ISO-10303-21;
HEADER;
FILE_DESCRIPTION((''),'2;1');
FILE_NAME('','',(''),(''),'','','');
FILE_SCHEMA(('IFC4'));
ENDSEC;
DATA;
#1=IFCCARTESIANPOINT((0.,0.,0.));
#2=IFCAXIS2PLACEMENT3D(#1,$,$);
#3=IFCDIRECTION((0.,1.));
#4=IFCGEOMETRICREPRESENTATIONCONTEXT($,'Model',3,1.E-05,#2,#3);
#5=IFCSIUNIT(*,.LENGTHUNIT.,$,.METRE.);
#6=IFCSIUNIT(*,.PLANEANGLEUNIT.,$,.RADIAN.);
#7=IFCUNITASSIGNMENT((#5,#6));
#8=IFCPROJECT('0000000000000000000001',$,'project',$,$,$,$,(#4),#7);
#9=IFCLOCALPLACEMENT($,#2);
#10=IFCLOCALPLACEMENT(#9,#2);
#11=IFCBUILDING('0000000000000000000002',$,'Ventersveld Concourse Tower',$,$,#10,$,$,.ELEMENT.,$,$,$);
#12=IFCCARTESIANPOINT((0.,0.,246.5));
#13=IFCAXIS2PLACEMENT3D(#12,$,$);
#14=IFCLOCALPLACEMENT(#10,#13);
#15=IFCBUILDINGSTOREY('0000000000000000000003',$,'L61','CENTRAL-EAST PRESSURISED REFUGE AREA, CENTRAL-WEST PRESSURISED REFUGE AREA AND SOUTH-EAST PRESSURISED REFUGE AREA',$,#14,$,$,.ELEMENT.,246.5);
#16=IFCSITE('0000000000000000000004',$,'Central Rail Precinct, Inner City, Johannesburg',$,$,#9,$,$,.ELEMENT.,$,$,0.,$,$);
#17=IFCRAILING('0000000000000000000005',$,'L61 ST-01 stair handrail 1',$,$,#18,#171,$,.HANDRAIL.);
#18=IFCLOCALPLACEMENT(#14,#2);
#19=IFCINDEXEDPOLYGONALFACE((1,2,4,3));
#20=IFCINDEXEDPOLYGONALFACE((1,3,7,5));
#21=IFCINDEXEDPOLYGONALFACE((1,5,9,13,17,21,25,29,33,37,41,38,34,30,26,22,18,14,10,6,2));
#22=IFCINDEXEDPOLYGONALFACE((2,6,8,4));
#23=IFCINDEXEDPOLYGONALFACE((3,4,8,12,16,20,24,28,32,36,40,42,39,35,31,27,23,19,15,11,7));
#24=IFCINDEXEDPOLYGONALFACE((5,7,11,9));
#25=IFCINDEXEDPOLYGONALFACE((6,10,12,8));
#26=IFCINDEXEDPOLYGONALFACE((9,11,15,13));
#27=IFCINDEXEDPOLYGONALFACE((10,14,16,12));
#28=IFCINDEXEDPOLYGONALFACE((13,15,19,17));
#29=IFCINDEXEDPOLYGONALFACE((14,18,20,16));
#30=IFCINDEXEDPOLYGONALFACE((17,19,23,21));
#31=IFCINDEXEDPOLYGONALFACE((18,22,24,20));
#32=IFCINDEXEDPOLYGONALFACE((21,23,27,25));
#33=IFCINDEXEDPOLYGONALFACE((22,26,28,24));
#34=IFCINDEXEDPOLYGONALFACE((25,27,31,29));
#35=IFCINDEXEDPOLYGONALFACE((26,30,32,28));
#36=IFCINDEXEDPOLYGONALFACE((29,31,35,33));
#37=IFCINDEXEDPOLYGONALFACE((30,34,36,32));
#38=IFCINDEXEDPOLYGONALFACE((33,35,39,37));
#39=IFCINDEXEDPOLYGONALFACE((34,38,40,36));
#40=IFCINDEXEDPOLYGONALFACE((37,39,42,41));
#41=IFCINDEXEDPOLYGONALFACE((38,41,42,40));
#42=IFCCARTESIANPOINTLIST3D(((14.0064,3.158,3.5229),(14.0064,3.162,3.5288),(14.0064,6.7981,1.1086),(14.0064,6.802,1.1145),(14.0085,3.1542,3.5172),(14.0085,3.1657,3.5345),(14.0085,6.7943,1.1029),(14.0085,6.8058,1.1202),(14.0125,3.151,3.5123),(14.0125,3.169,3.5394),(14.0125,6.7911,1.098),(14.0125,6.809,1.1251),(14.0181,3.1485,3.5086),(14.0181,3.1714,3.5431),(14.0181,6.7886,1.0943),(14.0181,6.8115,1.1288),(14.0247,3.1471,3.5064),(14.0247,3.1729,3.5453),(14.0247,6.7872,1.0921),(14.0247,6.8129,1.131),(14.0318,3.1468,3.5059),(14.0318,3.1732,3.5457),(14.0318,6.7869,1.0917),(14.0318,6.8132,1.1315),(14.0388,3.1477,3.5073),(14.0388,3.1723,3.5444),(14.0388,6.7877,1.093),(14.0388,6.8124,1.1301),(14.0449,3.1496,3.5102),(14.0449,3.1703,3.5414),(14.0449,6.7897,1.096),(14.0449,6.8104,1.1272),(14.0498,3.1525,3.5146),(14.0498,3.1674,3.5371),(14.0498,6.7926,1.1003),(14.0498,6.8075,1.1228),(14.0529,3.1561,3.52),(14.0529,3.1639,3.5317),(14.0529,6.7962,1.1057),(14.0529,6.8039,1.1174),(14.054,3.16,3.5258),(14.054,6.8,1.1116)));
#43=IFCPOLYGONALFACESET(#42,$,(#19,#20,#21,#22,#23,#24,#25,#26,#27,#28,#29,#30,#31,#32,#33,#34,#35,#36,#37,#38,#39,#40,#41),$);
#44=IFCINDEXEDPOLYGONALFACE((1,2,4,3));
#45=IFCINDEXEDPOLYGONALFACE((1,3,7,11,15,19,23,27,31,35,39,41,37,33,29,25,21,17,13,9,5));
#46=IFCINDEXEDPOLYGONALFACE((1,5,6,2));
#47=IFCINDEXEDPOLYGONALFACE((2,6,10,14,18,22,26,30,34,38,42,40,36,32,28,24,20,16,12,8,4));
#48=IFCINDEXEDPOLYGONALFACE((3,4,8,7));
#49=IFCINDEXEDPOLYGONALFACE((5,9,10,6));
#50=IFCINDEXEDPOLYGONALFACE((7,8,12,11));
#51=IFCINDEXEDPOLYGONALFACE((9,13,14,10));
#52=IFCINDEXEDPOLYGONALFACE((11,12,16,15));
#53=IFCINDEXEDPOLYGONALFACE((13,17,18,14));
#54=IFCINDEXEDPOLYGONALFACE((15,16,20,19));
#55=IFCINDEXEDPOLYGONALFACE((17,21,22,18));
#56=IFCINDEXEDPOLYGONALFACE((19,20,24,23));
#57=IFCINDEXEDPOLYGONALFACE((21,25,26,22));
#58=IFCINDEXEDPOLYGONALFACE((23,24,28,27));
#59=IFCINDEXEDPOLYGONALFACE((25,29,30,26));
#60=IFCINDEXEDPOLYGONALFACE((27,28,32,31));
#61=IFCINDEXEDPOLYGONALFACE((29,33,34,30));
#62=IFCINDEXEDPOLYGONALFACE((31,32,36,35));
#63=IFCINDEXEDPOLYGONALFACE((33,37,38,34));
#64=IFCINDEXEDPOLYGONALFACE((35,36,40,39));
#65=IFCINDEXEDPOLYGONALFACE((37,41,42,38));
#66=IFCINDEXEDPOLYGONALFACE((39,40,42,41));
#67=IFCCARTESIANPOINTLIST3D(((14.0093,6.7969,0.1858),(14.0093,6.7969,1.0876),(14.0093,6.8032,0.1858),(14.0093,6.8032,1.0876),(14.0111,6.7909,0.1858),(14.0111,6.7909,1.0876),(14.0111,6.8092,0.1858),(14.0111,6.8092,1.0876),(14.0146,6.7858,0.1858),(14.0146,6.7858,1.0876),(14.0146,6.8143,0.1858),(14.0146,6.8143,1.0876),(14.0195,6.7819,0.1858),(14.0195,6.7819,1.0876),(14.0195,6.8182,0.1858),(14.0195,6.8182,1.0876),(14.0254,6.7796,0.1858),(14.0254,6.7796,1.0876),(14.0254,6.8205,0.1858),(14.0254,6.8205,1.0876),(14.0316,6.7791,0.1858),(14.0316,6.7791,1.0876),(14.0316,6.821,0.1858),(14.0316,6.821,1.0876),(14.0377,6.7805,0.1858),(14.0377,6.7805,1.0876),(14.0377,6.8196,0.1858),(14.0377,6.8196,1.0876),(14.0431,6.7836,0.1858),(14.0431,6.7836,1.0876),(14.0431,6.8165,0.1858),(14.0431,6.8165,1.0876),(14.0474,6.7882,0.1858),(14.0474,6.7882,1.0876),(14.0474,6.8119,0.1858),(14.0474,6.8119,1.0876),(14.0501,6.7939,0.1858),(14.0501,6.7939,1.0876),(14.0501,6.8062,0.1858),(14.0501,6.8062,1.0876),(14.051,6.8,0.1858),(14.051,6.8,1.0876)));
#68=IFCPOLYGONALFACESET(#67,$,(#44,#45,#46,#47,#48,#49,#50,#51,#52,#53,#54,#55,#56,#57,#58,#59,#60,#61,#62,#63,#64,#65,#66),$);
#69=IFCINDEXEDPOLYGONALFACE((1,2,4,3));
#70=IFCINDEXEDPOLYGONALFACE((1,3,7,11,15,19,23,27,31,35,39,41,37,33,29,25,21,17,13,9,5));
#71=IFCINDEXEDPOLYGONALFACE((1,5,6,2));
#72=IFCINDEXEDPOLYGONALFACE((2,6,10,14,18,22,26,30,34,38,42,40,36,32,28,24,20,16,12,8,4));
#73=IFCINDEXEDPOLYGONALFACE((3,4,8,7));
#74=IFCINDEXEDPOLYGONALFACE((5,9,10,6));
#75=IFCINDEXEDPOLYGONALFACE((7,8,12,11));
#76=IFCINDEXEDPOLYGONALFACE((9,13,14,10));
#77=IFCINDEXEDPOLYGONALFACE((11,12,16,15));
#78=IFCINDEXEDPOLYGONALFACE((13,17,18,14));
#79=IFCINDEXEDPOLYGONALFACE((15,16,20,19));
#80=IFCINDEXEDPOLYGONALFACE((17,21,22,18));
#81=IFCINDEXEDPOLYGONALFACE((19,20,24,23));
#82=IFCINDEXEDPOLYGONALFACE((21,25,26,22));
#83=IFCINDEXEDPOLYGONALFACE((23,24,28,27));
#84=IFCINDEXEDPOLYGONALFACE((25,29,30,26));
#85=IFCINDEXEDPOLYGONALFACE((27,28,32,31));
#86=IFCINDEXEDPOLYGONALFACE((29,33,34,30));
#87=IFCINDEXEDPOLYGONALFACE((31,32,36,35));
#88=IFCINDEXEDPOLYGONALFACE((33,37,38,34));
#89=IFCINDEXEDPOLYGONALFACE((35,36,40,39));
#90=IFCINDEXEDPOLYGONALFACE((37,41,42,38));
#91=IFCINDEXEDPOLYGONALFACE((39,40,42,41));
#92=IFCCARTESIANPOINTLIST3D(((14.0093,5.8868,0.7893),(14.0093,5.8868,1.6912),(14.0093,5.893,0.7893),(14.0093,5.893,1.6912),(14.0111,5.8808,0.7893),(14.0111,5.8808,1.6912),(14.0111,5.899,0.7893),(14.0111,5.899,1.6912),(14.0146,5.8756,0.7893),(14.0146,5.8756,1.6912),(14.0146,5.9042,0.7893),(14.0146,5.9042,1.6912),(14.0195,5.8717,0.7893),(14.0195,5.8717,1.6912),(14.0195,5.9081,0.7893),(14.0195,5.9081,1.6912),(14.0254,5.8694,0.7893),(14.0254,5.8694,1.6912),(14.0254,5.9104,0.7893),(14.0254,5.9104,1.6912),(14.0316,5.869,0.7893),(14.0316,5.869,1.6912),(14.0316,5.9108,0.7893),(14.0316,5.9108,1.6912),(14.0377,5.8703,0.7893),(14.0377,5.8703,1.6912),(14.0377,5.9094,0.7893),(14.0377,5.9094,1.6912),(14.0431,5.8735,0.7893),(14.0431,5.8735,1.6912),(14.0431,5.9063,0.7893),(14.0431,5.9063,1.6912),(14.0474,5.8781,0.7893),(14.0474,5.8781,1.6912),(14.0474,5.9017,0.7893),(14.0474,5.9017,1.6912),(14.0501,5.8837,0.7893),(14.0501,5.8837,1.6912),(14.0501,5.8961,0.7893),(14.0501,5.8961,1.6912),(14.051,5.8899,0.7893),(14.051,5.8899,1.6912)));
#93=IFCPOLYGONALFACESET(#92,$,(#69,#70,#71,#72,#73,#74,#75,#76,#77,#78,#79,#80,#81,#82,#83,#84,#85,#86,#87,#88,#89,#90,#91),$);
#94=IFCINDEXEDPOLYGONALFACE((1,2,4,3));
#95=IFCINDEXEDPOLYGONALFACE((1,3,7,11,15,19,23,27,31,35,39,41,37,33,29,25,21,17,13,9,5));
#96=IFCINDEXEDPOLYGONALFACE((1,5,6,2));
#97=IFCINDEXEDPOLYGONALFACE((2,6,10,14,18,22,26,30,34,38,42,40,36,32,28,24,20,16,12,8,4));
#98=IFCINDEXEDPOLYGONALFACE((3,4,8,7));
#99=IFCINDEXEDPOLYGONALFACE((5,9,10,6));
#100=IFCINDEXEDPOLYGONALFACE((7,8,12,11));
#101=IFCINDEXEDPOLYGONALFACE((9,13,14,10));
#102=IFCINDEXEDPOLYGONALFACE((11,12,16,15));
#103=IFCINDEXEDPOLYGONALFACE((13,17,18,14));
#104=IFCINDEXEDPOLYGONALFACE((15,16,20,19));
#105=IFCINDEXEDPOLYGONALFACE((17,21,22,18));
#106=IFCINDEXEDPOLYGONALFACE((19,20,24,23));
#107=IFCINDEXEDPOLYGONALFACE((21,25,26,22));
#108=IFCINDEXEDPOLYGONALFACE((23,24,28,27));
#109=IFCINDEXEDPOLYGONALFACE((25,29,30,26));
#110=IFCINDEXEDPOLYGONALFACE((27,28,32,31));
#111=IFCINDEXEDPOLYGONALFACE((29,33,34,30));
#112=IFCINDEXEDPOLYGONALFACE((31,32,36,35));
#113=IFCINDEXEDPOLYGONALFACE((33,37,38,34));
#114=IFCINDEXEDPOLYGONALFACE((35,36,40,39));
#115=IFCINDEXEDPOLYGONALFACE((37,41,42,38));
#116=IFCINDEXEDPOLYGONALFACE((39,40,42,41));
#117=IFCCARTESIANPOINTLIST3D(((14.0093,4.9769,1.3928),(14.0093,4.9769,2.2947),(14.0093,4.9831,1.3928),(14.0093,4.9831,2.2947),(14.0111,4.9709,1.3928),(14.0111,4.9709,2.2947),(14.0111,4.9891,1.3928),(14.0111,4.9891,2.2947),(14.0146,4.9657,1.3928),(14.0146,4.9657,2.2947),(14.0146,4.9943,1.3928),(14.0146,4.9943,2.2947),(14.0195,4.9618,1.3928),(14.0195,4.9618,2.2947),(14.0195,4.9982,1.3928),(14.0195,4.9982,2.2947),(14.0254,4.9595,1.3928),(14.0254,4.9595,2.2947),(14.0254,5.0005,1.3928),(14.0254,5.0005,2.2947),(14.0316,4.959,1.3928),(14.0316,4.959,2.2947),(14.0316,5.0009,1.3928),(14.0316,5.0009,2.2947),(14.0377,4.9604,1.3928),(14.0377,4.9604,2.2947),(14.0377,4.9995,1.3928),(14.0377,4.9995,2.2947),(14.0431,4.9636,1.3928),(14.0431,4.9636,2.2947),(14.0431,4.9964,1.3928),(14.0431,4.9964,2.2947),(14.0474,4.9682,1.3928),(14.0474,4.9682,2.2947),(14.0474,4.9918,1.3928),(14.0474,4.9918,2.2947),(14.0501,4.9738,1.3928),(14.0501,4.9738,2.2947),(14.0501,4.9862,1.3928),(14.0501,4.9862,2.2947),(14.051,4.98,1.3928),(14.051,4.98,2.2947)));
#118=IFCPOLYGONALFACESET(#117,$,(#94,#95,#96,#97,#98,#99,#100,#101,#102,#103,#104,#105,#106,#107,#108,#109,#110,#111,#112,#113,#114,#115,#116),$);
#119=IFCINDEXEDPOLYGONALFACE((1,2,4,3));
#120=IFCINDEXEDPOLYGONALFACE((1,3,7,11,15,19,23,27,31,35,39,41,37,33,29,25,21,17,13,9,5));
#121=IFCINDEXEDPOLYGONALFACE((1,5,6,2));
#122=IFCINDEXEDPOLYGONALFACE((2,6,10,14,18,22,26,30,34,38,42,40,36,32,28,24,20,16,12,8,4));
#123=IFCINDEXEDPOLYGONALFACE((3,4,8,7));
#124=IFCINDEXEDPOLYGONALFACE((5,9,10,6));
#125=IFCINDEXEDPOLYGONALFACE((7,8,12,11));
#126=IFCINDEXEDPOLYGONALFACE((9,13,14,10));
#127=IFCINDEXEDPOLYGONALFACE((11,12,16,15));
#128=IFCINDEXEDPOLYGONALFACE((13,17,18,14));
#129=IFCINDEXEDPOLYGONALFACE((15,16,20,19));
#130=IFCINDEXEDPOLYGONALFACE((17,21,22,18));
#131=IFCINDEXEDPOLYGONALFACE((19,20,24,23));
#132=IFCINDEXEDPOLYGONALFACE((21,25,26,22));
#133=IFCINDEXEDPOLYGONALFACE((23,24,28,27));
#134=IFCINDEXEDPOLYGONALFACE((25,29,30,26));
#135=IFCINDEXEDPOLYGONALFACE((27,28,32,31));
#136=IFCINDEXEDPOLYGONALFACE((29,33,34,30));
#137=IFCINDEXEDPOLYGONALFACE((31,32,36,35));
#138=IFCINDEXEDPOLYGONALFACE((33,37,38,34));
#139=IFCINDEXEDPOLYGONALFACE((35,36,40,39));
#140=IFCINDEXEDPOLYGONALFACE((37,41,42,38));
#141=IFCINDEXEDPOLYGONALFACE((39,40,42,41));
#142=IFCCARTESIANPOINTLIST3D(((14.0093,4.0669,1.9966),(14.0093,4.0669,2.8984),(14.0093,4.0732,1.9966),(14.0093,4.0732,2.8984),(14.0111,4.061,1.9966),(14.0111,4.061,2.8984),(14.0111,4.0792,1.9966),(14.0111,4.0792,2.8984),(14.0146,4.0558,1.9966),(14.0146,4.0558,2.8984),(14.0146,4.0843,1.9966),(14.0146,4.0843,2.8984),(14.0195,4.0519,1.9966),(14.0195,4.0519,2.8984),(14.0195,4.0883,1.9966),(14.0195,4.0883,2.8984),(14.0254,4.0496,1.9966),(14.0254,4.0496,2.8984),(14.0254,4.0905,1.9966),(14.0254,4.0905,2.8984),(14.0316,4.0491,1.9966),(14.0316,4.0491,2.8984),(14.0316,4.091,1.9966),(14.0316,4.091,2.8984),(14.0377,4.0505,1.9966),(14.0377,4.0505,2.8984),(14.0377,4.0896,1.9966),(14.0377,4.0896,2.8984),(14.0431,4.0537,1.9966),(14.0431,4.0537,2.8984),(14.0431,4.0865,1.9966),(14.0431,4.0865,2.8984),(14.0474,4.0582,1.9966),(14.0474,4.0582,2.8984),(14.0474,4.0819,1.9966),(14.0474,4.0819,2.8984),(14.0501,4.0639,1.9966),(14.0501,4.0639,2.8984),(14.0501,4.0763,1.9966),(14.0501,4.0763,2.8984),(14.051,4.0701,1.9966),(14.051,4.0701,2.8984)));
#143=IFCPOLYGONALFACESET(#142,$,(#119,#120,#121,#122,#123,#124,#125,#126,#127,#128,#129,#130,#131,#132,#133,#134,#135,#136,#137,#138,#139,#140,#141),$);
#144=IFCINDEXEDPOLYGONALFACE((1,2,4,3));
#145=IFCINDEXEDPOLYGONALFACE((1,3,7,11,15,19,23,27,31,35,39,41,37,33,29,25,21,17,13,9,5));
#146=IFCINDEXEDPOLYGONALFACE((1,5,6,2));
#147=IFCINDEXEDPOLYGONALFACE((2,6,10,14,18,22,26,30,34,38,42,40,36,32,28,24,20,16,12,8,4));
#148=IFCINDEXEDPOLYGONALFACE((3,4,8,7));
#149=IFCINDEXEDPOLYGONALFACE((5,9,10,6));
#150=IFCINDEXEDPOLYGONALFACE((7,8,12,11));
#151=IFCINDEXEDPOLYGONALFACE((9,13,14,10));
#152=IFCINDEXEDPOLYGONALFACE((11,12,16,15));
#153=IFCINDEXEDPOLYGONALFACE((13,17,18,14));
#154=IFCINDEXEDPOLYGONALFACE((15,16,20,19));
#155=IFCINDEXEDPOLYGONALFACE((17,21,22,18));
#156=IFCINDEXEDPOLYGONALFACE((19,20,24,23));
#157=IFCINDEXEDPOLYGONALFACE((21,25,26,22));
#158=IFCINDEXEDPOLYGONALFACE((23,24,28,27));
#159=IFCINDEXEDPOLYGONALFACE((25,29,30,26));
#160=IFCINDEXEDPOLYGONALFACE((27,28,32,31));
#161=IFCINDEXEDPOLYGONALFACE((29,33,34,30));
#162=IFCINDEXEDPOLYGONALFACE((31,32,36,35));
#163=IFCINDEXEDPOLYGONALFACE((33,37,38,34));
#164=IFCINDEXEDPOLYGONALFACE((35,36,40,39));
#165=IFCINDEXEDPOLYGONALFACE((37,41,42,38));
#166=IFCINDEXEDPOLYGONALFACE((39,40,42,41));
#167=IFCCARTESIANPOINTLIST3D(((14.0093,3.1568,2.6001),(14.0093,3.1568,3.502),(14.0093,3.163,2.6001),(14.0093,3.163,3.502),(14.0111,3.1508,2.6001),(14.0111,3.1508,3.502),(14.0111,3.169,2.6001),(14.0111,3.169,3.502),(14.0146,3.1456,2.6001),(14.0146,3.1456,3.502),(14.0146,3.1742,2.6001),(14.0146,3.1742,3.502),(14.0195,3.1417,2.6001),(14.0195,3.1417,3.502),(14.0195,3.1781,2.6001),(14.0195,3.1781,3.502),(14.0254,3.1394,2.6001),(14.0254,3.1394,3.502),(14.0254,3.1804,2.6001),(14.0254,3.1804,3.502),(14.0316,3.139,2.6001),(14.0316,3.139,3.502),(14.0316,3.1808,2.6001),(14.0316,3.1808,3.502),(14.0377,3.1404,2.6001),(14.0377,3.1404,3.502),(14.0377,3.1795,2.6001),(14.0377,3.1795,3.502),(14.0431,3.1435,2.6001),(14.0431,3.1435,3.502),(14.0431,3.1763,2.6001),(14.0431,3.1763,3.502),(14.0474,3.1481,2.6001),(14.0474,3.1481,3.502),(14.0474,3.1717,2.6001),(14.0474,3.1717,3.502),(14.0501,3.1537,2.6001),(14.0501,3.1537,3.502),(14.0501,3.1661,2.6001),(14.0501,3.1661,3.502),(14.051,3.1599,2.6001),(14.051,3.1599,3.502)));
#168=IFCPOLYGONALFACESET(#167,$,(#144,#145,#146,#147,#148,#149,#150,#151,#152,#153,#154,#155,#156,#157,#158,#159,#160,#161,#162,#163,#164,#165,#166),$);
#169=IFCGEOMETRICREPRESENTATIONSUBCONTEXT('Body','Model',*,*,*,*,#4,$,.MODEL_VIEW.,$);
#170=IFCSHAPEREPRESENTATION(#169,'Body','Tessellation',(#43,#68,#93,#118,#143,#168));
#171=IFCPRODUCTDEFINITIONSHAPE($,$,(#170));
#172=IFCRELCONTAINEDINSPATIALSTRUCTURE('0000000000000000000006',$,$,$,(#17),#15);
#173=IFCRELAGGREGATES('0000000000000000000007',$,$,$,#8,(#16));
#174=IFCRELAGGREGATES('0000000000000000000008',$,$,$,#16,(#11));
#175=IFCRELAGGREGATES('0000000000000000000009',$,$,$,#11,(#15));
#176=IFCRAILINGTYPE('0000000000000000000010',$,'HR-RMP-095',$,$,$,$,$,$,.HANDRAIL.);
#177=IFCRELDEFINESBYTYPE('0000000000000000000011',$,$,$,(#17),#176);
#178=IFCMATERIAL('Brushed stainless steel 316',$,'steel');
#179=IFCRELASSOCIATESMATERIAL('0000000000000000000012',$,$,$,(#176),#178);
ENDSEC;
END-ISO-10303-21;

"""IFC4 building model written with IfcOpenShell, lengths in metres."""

from ifc_helpers import new_model, si_unit, direction, frame, origin, origin_2d, place, context, subcontext, project, spatial, circle, extrude, material, type_object, element, save


model = new_model("IFC4")

# Units and contexts
model_context = context("Model", 3, precision=1e-05, world=origin(), true_north=direction((0.0, 1.0)))
body_context = subcontext(model_context, "Body", "Model", "MODEL_VIEW")
ifc_project = project(units=[si_unit("LENGTHUNIT", "METRE"), si_unit("PLANEANGLEUNIT", "RADIAN")], contexts=[model_context])

# Site, building, storey
site_placement = place(None, origin())
site = spatial("IfcSite", under=ifc_project, at=site_placement, Name="Central Rail Precinct, Inner City, Johannesburg", CompositionType="ELEMENT", RefElevation=0.0)
building_placement = place(site_placement, origin())
building = spatial("IfcBuilding", under=site, at=building_placement, Name="Ventersveld Concourse Tower", CompositionType="ELEMENT")
storey_placement = place(building_placement, frame((0.0, 0.0, 246.5)))
storey = spatial("IfcBuildingStorey", under=building, at=storey_placement, Name="L61", Description="CENTRAL-EAST PRESSURISED REFUGE AREA, CENTRAL-WEST PRESSURISED REFUGE AREA AND SOUTH-EAST PRESSURISED REFUGE AREA", CompositionType="ELEMENT", Elevation=246.5)

# Shared definitions
ifc_material_1 = material(Name="Brushed stainless steel 316", Category="steel")

# Railing
railing_type_1 = type_object("IfcRailingType", Name="HR-RMP-095", PredefinedType="HANDRAIL", material=ifc_material_1)
railing_1_placement = place(storey_placement, frame((14.03, 6.8, 0.1858)))
element("IfcRailing", 1, at=railing_1_placement, inside=storey, type_object=railing_type_1, Name="L61 ST-01 stair handrail 1", PredefinedType="HANDRAIL", context=body_context, shape_type="SweptSolid", body=[
    extrude(circle(Radius=0.0239, at=origin_2d()), frame((0.0, 0.0, 0.9258), z_axis=(0.0, -0.833364, 0.552725), x_axis=(1.0, 0.0, 0.0)), (0.0, 0.0, 1.0), 4.3679),
    extrude(circle(Radius=0.021, at=origin_2d()), origin(), (0.0, 0.0, 1.0), 0.9019),
    extrude(circle(Radius=0.021, at=origin_2d()), frame((0.0, -0.9102, 0.6035)), (0.0, 0.0, 1.0), 0.9019),
    extrude(circle(Radius=0.021, at=origin_2d()), frame((0.0, -1.8201, 1.207)), (0.0, 0.0, 1.0), 0.9019),
    extrude(circle(Radius=0.021, at=origin_2d()), frame((0.0, -2.73, 1.8108)), (0.0, 0.0, 1.0), 0.9019),
    extrude(circle(Radius=0.021, at=origin_2d()), frame((0.0, -3.6401, 2.4143)), (0.0, 0.0, 1.0), 0.9019),
])

save(model, "model.ifc")
